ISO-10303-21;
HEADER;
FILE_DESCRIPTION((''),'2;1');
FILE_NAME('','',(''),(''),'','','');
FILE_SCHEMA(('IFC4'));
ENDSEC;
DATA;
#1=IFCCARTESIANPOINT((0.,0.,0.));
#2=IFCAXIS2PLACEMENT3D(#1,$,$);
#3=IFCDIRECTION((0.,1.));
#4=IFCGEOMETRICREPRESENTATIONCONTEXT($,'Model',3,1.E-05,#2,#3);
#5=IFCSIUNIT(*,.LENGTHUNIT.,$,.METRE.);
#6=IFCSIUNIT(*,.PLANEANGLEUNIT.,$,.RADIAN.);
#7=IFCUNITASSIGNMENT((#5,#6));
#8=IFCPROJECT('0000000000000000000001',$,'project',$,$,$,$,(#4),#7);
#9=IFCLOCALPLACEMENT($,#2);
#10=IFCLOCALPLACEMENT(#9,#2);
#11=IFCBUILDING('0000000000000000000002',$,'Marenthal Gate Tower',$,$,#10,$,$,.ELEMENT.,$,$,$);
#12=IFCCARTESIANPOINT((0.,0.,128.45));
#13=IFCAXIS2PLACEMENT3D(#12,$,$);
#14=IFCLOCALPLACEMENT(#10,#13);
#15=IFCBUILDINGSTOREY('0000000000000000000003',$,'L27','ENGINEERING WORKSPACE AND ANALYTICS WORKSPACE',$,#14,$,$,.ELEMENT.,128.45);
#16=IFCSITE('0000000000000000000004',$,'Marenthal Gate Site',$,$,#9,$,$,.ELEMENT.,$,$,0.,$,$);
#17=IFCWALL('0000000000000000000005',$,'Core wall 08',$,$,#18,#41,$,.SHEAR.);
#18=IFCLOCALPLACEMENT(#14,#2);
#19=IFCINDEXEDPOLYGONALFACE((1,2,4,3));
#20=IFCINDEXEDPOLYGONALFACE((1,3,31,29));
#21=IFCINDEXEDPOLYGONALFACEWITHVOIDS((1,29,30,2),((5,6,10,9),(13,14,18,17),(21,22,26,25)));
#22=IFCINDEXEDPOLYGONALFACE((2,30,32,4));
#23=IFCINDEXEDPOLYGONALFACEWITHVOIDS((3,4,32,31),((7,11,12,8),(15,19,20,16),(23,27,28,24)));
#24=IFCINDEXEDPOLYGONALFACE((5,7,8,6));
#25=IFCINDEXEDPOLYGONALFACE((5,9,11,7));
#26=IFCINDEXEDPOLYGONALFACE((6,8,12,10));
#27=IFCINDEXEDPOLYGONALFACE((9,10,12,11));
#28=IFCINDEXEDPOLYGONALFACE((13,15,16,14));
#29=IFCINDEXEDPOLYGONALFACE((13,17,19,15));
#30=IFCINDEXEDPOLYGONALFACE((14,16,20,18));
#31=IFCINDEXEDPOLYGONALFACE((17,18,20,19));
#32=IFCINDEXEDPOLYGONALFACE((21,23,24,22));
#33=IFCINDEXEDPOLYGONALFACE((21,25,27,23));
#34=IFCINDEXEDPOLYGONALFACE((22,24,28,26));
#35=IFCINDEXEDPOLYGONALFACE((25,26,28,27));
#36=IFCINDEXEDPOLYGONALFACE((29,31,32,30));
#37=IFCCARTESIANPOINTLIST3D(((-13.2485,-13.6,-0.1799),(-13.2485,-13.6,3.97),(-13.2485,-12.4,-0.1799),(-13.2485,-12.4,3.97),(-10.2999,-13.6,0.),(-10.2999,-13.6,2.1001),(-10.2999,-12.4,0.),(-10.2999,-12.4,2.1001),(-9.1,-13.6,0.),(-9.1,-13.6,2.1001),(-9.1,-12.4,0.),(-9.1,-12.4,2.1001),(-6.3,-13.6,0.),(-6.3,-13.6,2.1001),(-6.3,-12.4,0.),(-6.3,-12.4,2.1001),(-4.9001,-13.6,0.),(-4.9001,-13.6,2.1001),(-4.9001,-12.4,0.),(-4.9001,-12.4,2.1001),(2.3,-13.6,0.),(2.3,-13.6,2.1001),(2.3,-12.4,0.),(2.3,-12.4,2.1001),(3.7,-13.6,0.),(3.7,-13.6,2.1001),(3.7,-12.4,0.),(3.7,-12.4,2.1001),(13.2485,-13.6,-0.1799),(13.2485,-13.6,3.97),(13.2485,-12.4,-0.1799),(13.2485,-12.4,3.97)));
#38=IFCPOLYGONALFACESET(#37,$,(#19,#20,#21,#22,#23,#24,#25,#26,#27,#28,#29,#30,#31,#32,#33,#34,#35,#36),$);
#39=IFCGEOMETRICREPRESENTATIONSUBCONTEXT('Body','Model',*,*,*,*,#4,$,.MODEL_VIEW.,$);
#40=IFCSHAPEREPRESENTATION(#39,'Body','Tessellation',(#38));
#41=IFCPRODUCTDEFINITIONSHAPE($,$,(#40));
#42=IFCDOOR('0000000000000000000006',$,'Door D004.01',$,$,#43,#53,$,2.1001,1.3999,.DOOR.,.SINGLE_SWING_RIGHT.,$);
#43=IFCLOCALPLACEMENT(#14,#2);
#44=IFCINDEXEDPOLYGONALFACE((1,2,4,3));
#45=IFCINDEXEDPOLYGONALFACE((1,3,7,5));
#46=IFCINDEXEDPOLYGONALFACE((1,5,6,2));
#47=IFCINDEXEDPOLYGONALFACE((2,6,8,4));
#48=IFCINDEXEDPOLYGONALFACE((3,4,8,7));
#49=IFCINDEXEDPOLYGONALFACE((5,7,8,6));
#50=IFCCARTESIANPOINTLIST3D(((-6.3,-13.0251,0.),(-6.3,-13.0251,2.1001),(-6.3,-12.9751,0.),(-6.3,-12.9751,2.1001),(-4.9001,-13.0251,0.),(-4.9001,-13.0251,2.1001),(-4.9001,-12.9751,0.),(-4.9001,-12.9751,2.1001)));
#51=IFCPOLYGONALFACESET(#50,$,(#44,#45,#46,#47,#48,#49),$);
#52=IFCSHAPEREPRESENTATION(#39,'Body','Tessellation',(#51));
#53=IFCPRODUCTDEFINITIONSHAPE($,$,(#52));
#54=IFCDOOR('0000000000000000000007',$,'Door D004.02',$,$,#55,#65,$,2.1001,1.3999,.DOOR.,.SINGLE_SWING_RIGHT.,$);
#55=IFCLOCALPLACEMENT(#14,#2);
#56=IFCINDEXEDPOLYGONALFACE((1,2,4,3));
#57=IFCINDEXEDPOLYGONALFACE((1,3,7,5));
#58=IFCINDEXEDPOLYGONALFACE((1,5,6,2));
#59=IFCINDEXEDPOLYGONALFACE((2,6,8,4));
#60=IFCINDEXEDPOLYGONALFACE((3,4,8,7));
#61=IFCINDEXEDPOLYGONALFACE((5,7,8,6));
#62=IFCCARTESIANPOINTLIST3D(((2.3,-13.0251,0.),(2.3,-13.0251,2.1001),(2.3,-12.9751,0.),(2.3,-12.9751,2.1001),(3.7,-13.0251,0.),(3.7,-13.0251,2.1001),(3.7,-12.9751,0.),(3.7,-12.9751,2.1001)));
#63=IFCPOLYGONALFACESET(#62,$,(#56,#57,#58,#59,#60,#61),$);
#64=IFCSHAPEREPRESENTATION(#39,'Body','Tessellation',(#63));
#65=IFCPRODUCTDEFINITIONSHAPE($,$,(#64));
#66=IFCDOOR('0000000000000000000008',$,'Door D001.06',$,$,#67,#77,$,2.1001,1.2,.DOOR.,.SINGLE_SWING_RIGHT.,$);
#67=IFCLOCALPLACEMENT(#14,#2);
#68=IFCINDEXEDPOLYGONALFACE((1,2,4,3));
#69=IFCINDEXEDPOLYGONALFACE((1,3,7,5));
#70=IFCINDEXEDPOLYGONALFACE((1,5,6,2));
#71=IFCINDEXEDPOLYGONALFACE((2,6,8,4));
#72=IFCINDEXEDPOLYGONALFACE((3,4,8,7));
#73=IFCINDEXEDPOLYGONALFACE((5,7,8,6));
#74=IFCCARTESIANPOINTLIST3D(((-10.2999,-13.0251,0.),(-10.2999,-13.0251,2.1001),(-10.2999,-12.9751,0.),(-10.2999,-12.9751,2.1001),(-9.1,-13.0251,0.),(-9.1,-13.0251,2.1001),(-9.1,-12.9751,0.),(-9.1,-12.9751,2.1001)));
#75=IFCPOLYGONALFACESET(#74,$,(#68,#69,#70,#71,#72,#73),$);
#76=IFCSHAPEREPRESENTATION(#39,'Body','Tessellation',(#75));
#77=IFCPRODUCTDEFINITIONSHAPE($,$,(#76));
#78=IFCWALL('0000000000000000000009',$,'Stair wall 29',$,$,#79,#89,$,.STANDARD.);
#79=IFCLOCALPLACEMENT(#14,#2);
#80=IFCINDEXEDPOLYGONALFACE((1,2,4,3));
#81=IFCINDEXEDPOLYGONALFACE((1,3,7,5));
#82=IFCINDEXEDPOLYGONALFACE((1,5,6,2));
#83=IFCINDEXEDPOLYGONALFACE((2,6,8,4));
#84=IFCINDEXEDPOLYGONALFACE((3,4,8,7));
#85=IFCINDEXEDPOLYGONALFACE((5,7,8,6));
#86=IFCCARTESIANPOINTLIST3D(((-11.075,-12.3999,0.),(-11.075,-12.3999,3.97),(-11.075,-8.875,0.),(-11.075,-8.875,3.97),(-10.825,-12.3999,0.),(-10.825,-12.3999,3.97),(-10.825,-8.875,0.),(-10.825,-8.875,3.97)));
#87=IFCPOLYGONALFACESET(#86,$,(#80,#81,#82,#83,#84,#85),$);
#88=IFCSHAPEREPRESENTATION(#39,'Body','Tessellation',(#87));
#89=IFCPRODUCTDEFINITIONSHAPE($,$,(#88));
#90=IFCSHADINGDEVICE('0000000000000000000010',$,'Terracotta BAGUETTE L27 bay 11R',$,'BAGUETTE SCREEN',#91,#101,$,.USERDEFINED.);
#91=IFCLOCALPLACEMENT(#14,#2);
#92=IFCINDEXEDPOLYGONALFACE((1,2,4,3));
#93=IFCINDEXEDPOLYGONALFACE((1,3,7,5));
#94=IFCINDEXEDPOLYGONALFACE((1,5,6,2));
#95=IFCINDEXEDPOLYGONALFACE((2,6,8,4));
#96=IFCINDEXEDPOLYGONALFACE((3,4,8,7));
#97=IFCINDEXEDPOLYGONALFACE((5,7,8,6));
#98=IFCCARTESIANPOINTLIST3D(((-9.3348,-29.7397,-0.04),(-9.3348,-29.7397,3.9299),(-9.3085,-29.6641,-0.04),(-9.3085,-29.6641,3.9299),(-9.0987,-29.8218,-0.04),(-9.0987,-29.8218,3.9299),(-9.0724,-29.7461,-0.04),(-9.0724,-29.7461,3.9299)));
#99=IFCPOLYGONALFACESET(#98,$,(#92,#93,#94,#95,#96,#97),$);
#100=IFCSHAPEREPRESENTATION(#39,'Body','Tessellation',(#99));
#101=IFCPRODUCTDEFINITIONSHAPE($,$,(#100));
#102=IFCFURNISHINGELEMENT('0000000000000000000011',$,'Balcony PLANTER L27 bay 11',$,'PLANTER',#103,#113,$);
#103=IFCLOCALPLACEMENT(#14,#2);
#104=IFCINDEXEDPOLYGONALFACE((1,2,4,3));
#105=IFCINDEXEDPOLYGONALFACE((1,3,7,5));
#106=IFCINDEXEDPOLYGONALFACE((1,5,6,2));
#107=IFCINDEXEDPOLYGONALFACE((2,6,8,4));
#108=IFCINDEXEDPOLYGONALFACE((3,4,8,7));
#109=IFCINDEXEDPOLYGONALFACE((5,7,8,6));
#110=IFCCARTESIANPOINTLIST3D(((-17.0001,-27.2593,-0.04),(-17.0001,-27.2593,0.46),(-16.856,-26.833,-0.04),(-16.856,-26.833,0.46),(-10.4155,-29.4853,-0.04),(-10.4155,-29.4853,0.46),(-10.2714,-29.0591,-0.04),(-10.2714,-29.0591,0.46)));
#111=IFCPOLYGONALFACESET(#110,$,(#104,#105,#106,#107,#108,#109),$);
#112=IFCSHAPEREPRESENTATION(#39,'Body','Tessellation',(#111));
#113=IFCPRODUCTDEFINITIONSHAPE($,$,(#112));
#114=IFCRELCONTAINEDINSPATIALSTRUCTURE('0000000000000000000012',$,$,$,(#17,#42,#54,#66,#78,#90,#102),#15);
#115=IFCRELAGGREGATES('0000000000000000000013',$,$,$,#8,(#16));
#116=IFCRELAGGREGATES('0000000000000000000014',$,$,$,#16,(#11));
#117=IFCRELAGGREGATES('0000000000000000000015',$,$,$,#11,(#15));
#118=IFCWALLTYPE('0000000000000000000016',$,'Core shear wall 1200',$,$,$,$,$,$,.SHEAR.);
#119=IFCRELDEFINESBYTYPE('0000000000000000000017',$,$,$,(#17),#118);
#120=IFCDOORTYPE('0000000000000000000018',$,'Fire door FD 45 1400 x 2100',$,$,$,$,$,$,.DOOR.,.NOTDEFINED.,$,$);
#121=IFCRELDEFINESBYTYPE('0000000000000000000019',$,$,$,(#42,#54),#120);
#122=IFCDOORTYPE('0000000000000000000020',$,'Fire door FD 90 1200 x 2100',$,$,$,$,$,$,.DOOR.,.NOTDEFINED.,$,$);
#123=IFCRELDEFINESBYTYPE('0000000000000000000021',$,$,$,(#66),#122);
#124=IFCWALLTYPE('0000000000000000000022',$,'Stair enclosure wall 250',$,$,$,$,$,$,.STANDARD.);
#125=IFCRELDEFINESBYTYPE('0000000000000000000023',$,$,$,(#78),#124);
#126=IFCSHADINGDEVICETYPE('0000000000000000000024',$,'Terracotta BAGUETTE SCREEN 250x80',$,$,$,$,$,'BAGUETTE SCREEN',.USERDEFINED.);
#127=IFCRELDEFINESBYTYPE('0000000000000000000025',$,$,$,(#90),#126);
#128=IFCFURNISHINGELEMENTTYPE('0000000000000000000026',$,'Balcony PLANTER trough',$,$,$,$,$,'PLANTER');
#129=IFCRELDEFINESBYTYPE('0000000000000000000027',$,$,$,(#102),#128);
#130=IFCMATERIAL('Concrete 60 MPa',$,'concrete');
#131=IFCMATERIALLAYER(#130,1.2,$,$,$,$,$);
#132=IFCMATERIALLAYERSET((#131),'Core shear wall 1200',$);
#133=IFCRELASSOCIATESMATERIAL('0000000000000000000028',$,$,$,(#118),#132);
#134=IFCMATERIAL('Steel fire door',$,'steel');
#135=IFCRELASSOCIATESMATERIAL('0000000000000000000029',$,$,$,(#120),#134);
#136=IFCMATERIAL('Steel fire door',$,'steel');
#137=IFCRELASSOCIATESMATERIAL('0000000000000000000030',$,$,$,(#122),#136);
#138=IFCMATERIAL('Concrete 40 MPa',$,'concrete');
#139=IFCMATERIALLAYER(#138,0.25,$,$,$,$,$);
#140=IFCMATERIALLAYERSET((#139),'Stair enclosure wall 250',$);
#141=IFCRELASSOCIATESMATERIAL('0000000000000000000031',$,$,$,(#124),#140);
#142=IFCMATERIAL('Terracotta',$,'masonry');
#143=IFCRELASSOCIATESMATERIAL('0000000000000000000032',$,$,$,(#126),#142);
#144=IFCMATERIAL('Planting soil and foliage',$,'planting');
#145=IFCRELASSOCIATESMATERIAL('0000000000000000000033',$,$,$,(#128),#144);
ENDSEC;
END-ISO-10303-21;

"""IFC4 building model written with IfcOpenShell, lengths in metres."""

from ifc_helpers import new_model, si_unit, direction, frame, frame_2d, origin, origin_2d, place, context, subcontext, project, spatial, rectangle, extrude, material, layer, layer_set, material_profile, profile_set, type_object, element, fill, save


model = new_model("IFC4")

# Units and contexts
model_context = context("Model", 3, precision=1e-05, world=origin(), true_north=direction((0.0, 1.0)))
body_context = subcontext(model_context, "Body", "Model", "MODEL_VIEW")
ifc_project = project(units=[si_unit("LENGTHUNIT", "METRE"), si_unit("PLANEANGLEUNIT", "RADIAN")], contexts=[model_context])

# Site, building, storey
site_placement = place(None, origin())
site = spatial("IfcSite", under=ifc_project, at=site_placement, Name="Marenthal Gate Site", CompositionType="ELEMENT", RefElevation=0.0)
building_placement = place(site_placement, origin())
building = spatial("IfcBuilding", under=site, at=building_placement, Name="Marenthal Gate Tower", CompositionType="ELEMENT")
storey_placement = place(building_placement, frame((0.0, 0.0, 128.45)))
storey = spatial("IfcBuildingStorey", under=building, at=storey_placement, Name="L27", Description="ENGINEERING WORKSPACE AND ANALYTICS WORKSPACE", CompositionType="ELEMENT", Elevation=128.45)

# Wall, openings, doors
ifc_material_1 = material(Name="Concrete 60 MPa", Category="concrete")
ifc_layer_1 = layer(ifc_material_1, 1.2)
ifc_layer_set_1 = layer_set([ifc_layer_1], Name="Core shear wall 1200")
wall_type_1 = type_object("IfcWallType", Name="Core shear wall 1200", PredefinedType="SHEAR", material=ifc_layer_set_1)
wall_1_placement = place(storey_placement, frame((-13.2485, -13.0, -0.1799), z_axis=(0.0, 0.0, 1.0), x_axis=(1.0, 0.0, 0.0)))
wall_1 = element("IfcWall", 1, at=wall_1_placement, inside=storey, type_object=wall_type_1, Name="Core wall 08", PredefinedType="SHEAR", context=body_context, shape_type="SweptSolid", body=[
    extrude(rectangle(XDim=26.4971, YDim=1.2, at=frame_2d((13.2485, 0.0))), origin(), (0.0, 0.0, 1.0), 4.1499),
])
opening_1_placement = place(wall_1_placement, frame((2.9485, 0.0, 0.1799)))
opening_1 = element("IfcOpeningElement", 2, at=opening_1_placement, cuts=wall_1, PredefinedType="OPENING", context=body_context, shape_type="SweptSolid", body=[
    extrude(rectangle(XDim=1.2, YDim=2.1001, at=frame_2d((0.6001, 1.05))), frame((0.0, 0.6099, 0.0), z_axis=(0.0, -1.0, 0.0), x_axis=(1.0, 0.0, 0.0)), (0.0, 0.0, 1.0), 1.22),
])
opening_2_placement = place(wall_1_placement, frame((6.9485, 0.0, 0.1799)))
opening_2 = element("IfcOpeningElement", 3, at=opening_2_placement, cuts=wall_1, PredefinedType="OPENING", context=body_context, shape_type="SweptSolid", body=[
    extrude(rectangle(XDim=1.3999, YDim=2.1001, at=frame_2d((0.7, 1.05))), frame((0.0, 0.6099, 0.0), z_axis=(0.0, -1.0, 0.0), x_axis=(1.0, 0.0, 0.0)), (0.0, 0.0, 1.0), 1.22),
])
opening_3_placement = place(wall_1_placement, frame((15.5486, 0.0, 0.1799)))
opening_3 = element("IfcOpeningElement", 4, at=opening_3_placement, cuts=wall_1, PredefinedType="OPENING", context=body_context, shape_type="SweptSolid", body=[
    extrude(rectangle(XDim=1.3999, YDim=2.1001, at=frame_2d((0.7, 1.05))), frame((0.0, 0.6099, 0.0), z_axis=(0.0, -1.0, 0.0), x_axis=(1.0, 0.0, 0.0)), (0.0, 0.0, 1.0), 1.22),
])
ifc_material_2 = material(Name="Steel fire door", Category="steel")
door_type_1 = type_object("IfcDoorType", Name="Fire door FD 45 1400 x 2100", OperationType="NOTDEFINED", PredefinedType="DOOR", material=ifc_material_2)
door_1_placement = place(opening_2_placement, origin())
door_1 = element("IfcDoor", 5, at=door_1_placement, inside=storey, type_object=door_type_1, Name="Door D004.01", OperationType="SINGLE_SWING_RIGHT", OverallHeight=2.1001, OverallWidth=1.3999, PredefinedType="DOOR", context=body_context, shape_type="SweptSolid", body=[
    extrude(rectangle(XDim=1.3999, YDim=2.1001, at=frame_2d((0.7, 1.05))), frame((0.0, 0.0249, 0.0), z_axis=(0.0, -1.0, 0.0), x_axis=(1.0, 0.0, 0.0)), (0.0, 0.0, 1.0), 0.05),
])
fill(opening_2, door_1)
door_2_placement = place(opening_3_placement, origin())
door_2 = element("IfcDoor", 6, at=door_2_placement, inside=storey, type_object=door_type_1, Name="Door D004.02", OperationType="SINGLE_SWING_RIGHT", OverallHeight=2.1001, OverallWidth=1.3999, PredefinedType="DOOR", context=body_context, shape_type="SweptSolid", body=[
    extrude(rectangle(XDim=1.3999, YDim=2.1001, at=frame_2d((0.7, 1.05))), frame((0.0, 0.0249, 0.0), z_axis=(0.0, -1.0, 0.0), x_axis=(1.0, 0.0, 0.0)), (0.0, 0.0, 1.0), 0.05),
])
fill(opening_3, door_2)
ifc_material_3 = material(Name="Steel fire door", Category="steel")
door_type_2 = type_object("IfcDoorType", Name="Fire door FD 90 1200 x 2100", OperationType="NOTDEFINED", PredefinedType="DOOR", material=ifc_material_3)
door_3_placement = place(opening_1_placement, origin())
door_3 = element("IfcDoor", 7, at=door_3_placement, inside=storey, type_object=door_type_2, Name="Door D001.06", OperationType="SINGLE_SWING_RIGHT", OverallHeight=2.1001, OverallWidth=1.2, PredefinedType="DOOR", context=body_context, shape_type="SweptSolid", body=[
    extrude(rectangle(XDim=1.2, YDim=2.1001, at=frame_2d((0.6001, 1.05))), frame((0.0, 0.0249, 0.0), z_axis=(0.0, -1.0, 0.0), x_axis=(1.0, 0.0, 0.0)), (0.0, 0.0, 1.0), 0.05),
])
fill(opening_1, door_3)

# Wall
ifc_material_4 = material(Name="Concrete 40 MPa", Category="concrete")
ifc_layer_2 = layer(ifc_material_4, 0.25)
ifc_layer_set_2 = layer_set([ifc_layer_2], Name="Stair enclosure wall 250")
wall_type_2 = type_object("IfcWallType", Name="Stair enclosure wall 250", PredefinedType="STANDARD", material=ifc_layer_set_2)
wall_2_placement = place(storey_placement, frame((-10.95, -12.3999, 0.0), z_axis=(0.0, 0.0, 1.0), x_axis=(0.0, 1.0, 0.0)))
element("IfcWall", 8, at=wall_2_placement, inside=storey, type_object=wall_type_2, Name="Stair wall 29", PredefinedType="STANDARD", context=body_context, shape_type="SweptSolid", body=[
    extrude(rectangle(XDim=3.5249, YDim=0.25, at=frame_2d((1.7625, 0.0))), origin(), (0.0, 0.0, 1.0), 3.97),
])

# Shading device
ifc_material_5 = material(Name="Terracotta", Category="masonry")
ifc_material_profile_1 = material_profile(ifc_material_5, rectangle(XDim=0.25, YDim=0.0801, at=origin_2d()), Name="Terracotta baguette 250x80")
ifc_profile_set_1 = profile_set([ifc_material_profile_1], Name="Terracotta")
shading_device_type = type_object("IfcShadingDeviceType", Name="Terracotta BAGUETTE SCREEN 250x80", ElementType="BAGUETTE SCREEN", PredefinedType="USERDEFINED", material=ifc_profile_set_1)
shading_device_placement = place(storey_placement, frame((-9.2036, -29.7429, -0.04), z_axis=(0.0, 0.0, 1.0), x_axis=(0.944576, -0.328292, 0.0)))
element("IfcShadingDevice", 9, at=shading_device_placement, inside=storey, type_object=shading_device_type, Name="Terracotta BAGUETTE L27 bay 11R", ObjectType="BAGUETTE SCREEN", PredefinedType="USERDEFINED", context=body_context, shape_type="SweptSolid", body=[
    extrude(rectangle(XDim=0.25, YDim=0.0801, at=origin_2d()), origin(), (0.0, 0.0, 1.0), 3.97),
])

# Furnishing element
ifc_material_6 = material(Name="Planting soil and foliage", Category="planting")
furnishing_element_type = type_object("IfcFurnishingElementType", Name="Balcony PLANTER trough", ElementType="PLANTER", material=ifc_material_6)
furnishing_placement = place(storey_placement, frame((-13.6357, -28.1592, -0.04), z_axis=(0.0, 0.0, 1.0), x_axis=(0.947329, -0.320262, 0.0)))
element("IfcFurnishingElement", 10, at=furnishing_placement, inside=storey, type_object=furnishing_element_type, Name="Balcony PLANTER L27 bay 11", ObjectType="PLANTER", context=body_context, shape_type="SweptSolid", body=[
    extrude(rectangle(XDim=6.9507, YDim=0.45, at=origin_2d()), origin(), (0.0, 0.0, 1.0), 0.5),
])

save(model, "model.ifc")
